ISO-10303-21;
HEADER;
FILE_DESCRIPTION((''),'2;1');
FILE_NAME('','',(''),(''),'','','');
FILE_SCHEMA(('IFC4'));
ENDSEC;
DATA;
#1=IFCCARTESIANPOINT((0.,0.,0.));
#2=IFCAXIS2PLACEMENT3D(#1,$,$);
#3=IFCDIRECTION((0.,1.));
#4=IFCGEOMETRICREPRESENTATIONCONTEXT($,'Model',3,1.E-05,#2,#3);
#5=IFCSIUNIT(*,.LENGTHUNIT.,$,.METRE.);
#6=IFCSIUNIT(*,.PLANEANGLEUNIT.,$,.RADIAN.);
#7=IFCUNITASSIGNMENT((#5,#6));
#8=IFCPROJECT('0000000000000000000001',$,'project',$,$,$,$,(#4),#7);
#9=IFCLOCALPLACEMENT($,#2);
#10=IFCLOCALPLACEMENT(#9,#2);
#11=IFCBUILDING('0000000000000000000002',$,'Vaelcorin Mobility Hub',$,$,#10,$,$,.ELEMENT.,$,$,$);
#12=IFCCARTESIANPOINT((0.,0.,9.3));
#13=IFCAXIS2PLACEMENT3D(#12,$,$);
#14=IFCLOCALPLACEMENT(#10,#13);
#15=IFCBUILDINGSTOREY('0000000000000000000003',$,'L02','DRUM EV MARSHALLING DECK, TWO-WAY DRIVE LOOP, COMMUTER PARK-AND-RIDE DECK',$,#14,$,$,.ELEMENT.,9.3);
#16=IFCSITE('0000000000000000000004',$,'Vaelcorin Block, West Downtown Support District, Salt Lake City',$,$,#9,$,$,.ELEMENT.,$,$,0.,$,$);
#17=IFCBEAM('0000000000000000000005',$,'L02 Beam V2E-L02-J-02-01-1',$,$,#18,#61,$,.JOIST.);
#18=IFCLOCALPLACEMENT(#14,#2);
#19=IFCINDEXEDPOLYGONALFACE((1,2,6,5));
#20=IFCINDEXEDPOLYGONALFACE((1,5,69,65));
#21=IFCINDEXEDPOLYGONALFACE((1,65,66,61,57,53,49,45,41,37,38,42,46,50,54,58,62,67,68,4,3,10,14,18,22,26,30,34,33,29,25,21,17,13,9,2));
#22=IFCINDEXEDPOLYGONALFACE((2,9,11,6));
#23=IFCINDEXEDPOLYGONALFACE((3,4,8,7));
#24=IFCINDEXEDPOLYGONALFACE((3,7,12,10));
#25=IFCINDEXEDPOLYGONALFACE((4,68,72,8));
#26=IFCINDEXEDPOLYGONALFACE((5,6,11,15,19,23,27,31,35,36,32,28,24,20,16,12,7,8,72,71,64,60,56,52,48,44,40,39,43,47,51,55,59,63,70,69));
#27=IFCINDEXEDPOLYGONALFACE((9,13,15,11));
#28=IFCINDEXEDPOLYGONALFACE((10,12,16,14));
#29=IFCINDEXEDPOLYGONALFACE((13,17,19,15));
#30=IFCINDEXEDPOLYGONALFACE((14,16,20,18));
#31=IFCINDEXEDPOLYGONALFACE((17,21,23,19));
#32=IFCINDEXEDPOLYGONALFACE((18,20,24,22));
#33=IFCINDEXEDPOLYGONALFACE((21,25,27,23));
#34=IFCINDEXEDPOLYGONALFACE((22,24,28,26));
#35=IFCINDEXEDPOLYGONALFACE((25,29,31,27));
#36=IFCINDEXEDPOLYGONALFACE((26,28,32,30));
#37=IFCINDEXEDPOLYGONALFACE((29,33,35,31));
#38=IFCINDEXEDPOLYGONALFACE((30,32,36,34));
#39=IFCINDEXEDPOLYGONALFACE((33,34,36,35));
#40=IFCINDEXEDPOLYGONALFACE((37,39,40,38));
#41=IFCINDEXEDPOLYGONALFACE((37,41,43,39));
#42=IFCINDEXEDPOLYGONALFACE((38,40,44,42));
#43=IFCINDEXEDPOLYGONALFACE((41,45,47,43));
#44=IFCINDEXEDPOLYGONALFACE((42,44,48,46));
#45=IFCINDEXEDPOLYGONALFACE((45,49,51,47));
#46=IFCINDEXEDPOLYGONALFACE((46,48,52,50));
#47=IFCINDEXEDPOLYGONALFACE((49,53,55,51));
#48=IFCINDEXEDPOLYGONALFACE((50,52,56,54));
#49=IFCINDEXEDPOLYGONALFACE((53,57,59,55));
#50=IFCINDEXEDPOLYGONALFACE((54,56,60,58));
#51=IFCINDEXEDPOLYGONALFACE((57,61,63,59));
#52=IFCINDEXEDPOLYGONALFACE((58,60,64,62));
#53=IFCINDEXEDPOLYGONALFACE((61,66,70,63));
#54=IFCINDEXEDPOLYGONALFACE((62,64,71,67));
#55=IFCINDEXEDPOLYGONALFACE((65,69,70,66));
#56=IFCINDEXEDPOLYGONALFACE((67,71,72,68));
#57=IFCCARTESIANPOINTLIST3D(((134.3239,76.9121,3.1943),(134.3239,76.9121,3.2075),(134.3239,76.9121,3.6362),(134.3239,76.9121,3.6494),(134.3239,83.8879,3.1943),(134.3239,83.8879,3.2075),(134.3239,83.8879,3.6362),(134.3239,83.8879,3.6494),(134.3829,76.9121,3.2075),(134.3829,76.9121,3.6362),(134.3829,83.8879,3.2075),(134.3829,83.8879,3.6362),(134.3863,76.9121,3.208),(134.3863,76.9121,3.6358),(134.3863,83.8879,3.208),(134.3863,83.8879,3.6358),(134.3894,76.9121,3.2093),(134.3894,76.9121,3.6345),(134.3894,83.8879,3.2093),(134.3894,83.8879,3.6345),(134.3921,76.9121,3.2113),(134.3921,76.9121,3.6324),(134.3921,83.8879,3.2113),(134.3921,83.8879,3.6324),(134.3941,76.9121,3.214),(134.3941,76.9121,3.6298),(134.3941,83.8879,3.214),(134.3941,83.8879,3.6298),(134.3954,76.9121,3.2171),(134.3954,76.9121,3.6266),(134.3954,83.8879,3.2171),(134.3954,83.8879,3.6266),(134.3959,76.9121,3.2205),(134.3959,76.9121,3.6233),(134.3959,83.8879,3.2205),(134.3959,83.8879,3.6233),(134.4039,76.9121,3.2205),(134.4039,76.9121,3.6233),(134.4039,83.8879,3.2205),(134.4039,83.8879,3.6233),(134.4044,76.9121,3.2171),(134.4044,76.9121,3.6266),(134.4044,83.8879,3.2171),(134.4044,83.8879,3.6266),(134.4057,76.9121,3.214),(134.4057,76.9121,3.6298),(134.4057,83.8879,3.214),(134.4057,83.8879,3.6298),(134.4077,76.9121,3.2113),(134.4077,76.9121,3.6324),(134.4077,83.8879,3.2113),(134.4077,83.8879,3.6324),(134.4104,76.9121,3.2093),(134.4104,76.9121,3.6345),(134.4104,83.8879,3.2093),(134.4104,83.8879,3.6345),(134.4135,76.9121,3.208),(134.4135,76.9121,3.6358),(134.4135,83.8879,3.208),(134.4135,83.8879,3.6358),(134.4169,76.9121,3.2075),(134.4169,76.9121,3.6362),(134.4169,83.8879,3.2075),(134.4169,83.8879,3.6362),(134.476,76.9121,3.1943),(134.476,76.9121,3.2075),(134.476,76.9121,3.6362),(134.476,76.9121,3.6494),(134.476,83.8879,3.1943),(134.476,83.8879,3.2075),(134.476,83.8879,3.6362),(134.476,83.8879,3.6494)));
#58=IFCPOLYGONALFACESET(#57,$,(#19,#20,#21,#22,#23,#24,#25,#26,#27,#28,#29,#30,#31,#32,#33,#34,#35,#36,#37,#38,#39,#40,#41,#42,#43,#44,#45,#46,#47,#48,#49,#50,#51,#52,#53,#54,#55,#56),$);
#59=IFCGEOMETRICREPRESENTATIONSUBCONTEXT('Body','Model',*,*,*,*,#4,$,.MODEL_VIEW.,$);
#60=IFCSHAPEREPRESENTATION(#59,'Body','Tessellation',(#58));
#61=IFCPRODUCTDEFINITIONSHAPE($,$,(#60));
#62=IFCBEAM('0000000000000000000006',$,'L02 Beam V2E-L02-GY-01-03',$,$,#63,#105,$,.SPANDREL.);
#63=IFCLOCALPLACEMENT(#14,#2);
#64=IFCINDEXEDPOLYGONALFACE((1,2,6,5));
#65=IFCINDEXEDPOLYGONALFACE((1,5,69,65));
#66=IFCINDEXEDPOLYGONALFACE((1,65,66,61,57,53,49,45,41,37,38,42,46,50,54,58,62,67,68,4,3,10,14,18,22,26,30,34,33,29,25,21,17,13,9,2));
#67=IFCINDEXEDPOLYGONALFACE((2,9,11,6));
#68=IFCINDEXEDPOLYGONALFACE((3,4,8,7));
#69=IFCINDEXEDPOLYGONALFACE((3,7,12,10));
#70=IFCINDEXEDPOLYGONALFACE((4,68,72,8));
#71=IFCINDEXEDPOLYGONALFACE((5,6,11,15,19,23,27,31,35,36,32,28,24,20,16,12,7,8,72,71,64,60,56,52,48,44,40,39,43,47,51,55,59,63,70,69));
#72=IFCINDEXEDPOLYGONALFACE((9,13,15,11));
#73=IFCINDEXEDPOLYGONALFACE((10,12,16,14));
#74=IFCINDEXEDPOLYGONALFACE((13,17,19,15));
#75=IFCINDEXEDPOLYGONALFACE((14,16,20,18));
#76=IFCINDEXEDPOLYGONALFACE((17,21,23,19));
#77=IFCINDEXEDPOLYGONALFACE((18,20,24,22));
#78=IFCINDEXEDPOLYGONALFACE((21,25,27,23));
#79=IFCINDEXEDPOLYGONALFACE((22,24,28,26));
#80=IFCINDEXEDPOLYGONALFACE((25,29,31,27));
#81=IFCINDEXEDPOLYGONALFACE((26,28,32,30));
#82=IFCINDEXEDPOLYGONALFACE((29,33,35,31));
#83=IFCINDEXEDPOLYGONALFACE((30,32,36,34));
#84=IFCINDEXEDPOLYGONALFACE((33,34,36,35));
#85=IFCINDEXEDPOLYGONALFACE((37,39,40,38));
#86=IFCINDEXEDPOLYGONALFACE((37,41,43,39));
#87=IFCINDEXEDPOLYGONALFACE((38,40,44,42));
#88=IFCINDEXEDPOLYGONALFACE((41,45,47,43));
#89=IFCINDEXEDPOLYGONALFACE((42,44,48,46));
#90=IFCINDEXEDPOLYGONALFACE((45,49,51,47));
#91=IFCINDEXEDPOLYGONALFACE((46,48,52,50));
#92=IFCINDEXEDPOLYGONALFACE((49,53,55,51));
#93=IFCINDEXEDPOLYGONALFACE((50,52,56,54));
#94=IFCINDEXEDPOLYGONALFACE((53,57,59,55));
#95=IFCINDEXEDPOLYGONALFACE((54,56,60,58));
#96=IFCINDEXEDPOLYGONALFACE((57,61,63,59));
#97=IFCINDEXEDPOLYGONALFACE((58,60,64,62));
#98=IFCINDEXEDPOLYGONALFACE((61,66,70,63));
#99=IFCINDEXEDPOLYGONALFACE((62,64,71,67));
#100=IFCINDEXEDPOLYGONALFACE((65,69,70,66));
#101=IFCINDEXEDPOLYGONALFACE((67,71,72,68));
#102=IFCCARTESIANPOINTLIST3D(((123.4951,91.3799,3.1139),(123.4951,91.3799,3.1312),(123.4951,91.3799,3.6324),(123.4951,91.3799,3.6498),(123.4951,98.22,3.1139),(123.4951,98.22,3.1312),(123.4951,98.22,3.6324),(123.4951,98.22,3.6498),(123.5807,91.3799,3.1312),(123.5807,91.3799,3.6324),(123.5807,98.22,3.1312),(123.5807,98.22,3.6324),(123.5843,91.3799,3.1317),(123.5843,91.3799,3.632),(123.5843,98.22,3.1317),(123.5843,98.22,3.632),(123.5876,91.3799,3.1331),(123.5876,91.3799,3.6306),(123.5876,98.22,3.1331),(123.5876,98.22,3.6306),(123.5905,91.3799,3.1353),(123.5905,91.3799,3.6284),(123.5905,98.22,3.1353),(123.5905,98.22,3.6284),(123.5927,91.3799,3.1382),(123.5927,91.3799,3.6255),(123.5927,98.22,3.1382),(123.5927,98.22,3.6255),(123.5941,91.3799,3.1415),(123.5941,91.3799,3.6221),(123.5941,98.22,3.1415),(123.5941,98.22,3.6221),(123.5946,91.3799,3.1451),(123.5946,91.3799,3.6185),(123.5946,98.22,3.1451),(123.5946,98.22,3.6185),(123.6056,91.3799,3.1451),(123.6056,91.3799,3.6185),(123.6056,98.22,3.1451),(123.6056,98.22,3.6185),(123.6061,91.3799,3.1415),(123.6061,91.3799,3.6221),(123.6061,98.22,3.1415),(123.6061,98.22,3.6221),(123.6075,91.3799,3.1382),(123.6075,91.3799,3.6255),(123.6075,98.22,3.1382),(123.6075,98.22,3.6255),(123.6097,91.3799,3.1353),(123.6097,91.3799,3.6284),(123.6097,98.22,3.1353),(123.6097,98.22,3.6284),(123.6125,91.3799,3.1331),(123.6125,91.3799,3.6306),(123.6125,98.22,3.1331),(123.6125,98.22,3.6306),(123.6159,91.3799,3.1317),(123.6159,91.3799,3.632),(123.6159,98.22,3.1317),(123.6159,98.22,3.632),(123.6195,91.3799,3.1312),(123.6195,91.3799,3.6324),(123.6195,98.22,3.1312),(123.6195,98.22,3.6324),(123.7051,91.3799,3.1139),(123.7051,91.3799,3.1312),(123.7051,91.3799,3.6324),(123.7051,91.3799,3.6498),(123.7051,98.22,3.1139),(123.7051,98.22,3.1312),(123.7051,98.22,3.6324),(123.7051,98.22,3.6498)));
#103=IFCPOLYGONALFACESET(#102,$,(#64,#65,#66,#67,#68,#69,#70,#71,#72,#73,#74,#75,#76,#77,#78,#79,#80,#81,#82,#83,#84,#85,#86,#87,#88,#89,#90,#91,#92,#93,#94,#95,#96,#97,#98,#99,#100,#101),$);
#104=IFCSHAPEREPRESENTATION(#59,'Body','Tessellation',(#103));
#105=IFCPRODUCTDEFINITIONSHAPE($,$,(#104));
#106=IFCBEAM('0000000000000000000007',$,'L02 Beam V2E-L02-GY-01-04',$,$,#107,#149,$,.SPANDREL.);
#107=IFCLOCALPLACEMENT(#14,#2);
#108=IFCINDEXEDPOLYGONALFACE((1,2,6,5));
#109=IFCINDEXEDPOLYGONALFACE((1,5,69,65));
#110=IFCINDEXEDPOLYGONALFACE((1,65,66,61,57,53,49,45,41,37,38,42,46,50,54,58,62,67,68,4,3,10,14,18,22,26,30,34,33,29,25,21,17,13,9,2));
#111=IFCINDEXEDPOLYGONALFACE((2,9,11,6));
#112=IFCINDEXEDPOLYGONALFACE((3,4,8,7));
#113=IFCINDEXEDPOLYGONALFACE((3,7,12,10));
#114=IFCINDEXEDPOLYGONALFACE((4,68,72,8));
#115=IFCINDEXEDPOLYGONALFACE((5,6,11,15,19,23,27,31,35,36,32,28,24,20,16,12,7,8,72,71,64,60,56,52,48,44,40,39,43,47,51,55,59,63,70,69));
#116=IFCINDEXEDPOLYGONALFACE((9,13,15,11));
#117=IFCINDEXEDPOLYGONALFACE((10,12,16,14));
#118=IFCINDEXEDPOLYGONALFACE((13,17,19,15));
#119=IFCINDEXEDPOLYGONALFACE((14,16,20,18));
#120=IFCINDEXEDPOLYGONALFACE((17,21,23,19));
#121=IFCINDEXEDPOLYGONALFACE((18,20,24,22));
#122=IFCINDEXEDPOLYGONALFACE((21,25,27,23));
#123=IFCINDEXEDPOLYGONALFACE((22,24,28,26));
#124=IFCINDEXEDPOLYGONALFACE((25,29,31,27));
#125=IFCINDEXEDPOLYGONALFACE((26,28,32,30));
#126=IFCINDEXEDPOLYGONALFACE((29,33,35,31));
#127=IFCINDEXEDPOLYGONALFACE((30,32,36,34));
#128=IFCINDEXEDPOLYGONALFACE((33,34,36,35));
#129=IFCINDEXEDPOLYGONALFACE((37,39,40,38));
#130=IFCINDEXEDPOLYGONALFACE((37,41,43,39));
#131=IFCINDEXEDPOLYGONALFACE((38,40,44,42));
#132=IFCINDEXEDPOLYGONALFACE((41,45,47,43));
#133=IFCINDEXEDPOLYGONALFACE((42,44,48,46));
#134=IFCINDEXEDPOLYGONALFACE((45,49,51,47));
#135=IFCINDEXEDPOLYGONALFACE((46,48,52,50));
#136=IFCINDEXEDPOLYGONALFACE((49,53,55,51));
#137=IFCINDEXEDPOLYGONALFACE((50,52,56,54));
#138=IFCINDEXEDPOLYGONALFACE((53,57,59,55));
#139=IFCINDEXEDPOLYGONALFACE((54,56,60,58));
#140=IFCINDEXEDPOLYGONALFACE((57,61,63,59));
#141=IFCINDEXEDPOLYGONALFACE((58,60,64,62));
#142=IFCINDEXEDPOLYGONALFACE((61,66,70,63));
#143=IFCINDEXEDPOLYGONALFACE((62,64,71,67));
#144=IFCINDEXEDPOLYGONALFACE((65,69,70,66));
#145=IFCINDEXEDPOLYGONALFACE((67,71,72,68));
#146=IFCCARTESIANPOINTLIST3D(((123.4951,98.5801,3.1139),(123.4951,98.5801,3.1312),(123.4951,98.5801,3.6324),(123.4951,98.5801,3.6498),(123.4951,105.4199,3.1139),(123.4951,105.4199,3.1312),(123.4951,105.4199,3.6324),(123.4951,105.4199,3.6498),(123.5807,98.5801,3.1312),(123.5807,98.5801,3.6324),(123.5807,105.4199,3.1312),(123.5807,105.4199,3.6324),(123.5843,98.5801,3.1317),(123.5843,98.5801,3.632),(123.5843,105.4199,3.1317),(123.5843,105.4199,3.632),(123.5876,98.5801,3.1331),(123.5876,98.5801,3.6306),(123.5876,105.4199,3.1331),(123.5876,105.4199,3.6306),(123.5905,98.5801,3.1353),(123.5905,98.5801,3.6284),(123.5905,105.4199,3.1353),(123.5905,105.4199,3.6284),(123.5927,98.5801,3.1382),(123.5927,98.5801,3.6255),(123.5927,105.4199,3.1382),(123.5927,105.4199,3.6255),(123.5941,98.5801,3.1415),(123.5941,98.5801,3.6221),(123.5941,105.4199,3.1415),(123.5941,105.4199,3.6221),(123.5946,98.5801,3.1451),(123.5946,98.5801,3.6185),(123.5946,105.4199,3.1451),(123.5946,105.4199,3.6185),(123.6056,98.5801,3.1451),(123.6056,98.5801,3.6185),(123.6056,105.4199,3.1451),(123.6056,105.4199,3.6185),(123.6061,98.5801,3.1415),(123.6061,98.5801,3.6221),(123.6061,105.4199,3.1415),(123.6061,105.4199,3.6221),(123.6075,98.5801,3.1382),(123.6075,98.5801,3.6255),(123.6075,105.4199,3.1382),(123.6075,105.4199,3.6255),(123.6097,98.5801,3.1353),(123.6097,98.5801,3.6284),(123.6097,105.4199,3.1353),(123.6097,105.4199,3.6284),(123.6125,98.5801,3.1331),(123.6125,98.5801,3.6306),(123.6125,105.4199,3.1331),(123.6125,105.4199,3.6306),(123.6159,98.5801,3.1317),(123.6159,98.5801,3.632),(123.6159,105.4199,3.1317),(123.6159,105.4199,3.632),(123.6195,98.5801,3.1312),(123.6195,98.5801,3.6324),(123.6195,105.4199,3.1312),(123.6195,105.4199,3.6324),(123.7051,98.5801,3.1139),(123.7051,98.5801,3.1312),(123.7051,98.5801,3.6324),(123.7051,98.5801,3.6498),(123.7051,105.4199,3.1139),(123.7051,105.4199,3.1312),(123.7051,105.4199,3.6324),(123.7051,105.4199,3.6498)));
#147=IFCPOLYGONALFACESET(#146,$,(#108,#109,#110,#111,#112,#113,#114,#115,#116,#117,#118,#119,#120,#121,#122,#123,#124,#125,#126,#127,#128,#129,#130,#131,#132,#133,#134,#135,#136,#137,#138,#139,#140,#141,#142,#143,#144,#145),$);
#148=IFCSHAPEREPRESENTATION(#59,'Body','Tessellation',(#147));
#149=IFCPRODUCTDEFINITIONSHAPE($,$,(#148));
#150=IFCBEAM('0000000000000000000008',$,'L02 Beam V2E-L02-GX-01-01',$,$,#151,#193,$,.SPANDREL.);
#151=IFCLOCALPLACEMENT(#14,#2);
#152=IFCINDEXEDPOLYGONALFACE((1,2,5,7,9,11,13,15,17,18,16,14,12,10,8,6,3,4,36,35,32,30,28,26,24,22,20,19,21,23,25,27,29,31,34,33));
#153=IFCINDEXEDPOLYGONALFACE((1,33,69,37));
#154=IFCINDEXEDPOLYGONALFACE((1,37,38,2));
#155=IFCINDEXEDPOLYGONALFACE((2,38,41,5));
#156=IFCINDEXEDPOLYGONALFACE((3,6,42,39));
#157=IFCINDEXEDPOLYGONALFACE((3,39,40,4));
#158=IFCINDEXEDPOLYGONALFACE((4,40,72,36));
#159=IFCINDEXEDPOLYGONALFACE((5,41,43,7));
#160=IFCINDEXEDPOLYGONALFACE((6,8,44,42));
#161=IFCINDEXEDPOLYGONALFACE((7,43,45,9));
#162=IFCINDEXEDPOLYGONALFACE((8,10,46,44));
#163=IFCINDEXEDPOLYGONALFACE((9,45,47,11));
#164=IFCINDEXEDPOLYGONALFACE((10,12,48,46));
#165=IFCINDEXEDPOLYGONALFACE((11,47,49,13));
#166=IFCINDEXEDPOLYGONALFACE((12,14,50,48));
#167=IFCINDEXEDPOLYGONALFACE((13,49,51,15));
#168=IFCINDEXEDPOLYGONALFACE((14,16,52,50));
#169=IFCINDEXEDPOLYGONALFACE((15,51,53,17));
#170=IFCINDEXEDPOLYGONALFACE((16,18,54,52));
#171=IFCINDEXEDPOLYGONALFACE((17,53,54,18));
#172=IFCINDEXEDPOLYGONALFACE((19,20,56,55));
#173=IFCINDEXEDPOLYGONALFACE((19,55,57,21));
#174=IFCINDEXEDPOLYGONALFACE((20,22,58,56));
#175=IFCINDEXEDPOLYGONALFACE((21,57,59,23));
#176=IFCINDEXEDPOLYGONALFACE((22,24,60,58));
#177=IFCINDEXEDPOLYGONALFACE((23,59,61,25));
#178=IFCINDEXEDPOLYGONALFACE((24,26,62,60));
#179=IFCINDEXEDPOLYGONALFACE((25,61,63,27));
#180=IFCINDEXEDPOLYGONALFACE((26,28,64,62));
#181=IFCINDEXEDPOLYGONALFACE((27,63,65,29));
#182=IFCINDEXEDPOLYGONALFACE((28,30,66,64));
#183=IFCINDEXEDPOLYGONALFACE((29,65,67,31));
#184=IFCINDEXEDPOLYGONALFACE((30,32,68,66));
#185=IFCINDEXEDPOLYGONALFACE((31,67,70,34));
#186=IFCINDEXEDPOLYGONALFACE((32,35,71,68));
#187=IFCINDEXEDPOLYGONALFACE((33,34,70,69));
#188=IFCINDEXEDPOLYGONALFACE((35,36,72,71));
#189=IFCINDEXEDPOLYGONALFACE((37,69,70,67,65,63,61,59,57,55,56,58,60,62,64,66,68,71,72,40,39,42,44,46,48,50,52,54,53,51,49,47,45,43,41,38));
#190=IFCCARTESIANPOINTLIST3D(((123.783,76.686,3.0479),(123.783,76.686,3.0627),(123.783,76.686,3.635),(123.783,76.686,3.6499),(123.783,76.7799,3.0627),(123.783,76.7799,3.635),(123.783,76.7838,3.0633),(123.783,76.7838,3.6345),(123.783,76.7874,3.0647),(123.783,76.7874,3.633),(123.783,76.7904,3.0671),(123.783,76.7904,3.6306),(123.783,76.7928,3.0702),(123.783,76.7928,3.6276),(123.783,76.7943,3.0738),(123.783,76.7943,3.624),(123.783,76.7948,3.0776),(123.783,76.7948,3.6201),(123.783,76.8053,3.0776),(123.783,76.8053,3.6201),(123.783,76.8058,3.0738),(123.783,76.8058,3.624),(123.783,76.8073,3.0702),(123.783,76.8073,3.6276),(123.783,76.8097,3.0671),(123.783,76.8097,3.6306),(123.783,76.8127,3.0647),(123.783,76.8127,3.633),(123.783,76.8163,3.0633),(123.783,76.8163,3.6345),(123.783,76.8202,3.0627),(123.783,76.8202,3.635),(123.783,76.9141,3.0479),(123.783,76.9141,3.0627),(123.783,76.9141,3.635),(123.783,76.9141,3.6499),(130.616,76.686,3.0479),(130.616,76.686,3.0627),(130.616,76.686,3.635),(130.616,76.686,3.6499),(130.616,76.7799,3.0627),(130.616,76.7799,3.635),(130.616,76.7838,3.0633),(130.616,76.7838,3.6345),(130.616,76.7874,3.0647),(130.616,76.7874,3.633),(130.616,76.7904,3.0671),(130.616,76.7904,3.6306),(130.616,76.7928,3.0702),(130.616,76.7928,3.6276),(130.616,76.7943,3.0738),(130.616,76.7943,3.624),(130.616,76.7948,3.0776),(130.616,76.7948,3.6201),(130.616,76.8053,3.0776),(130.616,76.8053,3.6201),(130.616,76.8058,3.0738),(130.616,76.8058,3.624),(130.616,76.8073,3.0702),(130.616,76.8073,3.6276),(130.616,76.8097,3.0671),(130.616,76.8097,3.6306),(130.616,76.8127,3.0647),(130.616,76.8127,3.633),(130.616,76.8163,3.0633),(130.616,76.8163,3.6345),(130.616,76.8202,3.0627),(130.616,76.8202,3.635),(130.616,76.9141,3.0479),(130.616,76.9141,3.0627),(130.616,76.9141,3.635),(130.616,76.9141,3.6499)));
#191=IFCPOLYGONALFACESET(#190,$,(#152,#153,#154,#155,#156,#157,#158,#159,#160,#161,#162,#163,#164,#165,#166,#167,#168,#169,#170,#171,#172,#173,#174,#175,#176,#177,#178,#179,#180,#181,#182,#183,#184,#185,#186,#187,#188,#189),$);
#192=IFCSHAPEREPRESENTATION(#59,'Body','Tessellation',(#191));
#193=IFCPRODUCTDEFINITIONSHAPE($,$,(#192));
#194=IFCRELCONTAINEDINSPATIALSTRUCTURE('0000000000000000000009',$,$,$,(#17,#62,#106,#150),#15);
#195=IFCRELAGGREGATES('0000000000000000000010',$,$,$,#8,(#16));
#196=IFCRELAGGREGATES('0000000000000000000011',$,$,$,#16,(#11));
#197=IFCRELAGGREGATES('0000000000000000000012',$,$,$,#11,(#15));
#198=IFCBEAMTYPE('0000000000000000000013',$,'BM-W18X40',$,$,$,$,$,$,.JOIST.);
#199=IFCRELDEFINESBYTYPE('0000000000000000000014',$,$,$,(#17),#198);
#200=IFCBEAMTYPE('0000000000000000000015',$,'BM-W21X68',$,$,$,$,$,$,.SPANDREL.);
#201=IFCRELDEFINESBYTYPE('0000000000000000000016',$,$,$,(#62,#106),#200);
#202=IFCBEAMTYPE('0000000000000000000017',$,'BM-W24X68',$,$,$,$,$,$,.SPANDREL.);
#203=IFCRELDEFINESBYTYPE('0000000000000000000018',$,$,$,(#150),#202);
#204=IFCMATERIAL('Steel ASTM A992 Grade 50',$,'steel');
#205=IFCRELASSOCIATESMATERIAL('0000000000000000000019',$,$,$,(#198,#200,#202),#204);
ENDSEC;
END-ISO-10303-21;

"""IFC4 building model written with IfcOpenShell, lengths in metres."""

from ifc_helpers import new_model, si_unit, direction, frame, origin, origin_2d, place, context, subcontext, project, spatial, i_section, extrude, material, material_profile, profile_set, type_object, element, save


model = new_model("IFC4")

# Units and contexts
model_context = context("Model", 3, precision=1e-05, world=origin(), true_north=direction((0.0, 1.0)))
body_context = subcontext(model_context, "Body", "Model", "MODEL_VIEW")
ifc_project = project(units=[si_unit("LENGTHUNIT", "METRE"), si_unit("PLANEANGLEUNIT", "RADIAN")], contexts=[model_context])

# Site, building, storey
site_placement = place(None, origin())
site = spatial("IfcSite", under=ifc_project, at=site_placement, Name="Vaelcorin Block, West Downtown Support District, Salt Lake City", CompositionType="ELEMENT", RefElevation=0.0)
building_placement = place(site_placement, origin())
building = spatial("IfcBuilding", under=site, at=building_placement, Name="Vaelcorin Mobility Hub", CompositionType="ELEMENT")
storey_placement = place(building_placement, frame((0.0, 0.0, 9.3)))
storey = spatial("IfcBuildingStorey", under=building, at=storey_placement, Name="L02", Description="DRUM EV MARSHALLING DECK, TWO-WAY DRIVE LOOP, COMMUTER PARK-AND-RIDE DECK", CompositionType="ELEMENT", Elevation=9.3)

# Shared definitions
ifc_material_1 = material(Name="Steel ASTM A992 Grade 50", Category="steel")

# Beams
ifc_material_profile_1 = material_profile(ifc_material_1, i_section(OverallWidth=0.1521, OverallDepth=0.4551, WebThickness=0.0081, FlangeThickness=0.0132, FilletRadius=0.0129, at=origin_2d()), Name="W18X40")
ifc_profile_set_1 = profile_set([ifc_material_profile_1], Name="Steel ASTM A992 Grade 50")
beam_type_1 = type_object("IfcBeamType", Name="BM-W18X40", PredefinedType="JOIST", material=ifc_profile_set_1)
for number, where, z_axis, x_axis, name in (
    (1, (134.3999, 76.9121, 3.4219), (0.0, 1.0, 0.0), (-1.0, 0.0, 0.0), "L02 Beam V2E-L02-J-02-01-1"),
):
    element("IfcBeam", number, at=place(storey_placement, frame(where, z_axis=z_axis, x_axis=x_axis)), inside=storey, type_object=beam_type_1, Name=name, PredefinedType="JOIST", context=body_context, shape_type="SweptSolid", body=[
        extrude(i_section(OverallWidth=0.1521, OverallDepth=0.4551, WebThickness=0.0081, FlangeThickness=0.0132, FilletRadius=0.0129, at=origin_2d()), origin(), (0.0, 0.0, 1.0), 6.9758),
    ])
ifc_material_profile_2 = material_profile(ifc_material_1, i_section(OverallWidth=0.21, OverallDepth=0.5359, WebThickness=0.011, FlangeThickness=0.0173, FilletRadius=0.0139, at=origin_2d()), Name="W21X68")
ifc_profile_set_2 = profile_set([ifc_material_profile_2], Name="Steel ASTM A992 Grade 50")
beam_type_2 = type_object("IfcBeamType", Name="BM-W21X68", PredefinedType="SPANDREL", material=ifc_profile_set_2)
beam_1_placement = place(storey_placement, frame((123.6001, 91.3799, 3.3818), z_axis=(0.0, 1.0, 0.0), x_axis=(-1.0, 0.0, 0.0)))
element("IfcBeam", 2, at=beam_1_placement, inside=storey, type_object=beam_type_2, Name="L02 Beam V2E-L02-GY-01-03", PredefinedType="SPANDREL", context=body_context, shape_type="SweptSolid", body=[
    extrude(i_section(OverallWidth=0.21, OverallDepth=0.5359, WebThickness=0.011, FlangeThickness=0.0173, FilletRadius=0.0139, at=origin_2d()), origin(), (0.0, 0.0, 1.0), 6.8401),
])
beam_2_placement = place(storey_placement, frame((123.6001, 98.5801, 3.3818), z_axis=(0.0, 1.0, 0.0), x_axis=(-1.0, 0.0, 0.0)))
element("IfcBeam", 3, at=beam_2_placement, inside=storey, type_object=beam_type_2, Name="L02 Beam V2E-L02-GY-01-04", PredefinedType="SPANDREL", context=body_context, shape_type="SweptSolid", body=[
    extrude(i_section(OverallWidth=0.21, OverallDepth=0.5359, WebThickness=0.011, FlangeThickness=0.0173, FilletRadius=0.0139, at=origin_2d()), origin(), (0.0, 0.0, 1.0), 6.8398),
])
ifc_material_profile_3 = material_profile(ifc_material_1, i_section(OverallWidth=0.228, OverallDepth=0.6021, WebThickness=0.0105, FlangeThickness=0.0149, FilletRadius=0.0149, at=origin_2d()), Name="W24X68")
ifc_profile_set_3 = profile_set([ifc_material_profile_3], Name="Steel ASTM A992 Grade 50")
beam_type_3 = type_object("IfcBeamType", Name="BM-W24X68", PredefinedType="SPANDREL", material=ifc_profile_set_3)
beam_3_placement = place(storey_placement, frame((123.783, 76.8, 3.3489), z_axis=(1.0, 0.0, 0.0), x_axis=(0.0, 1.0, 0.0)))
element("IfcBeam", 4, at=beam_3_placement, inside=storey, type_object=beam_type_3, Name="L02 Beam V2E-L02-GX-01-01", PredefinedType="SPANDREL", context=body_context, shape_type="SweptSolid", body=[
    extrude(i_section(OverallWidth=0.228, OverallDepth=0.6021, WebThickness=0.0105, FlangeThickness=0.0149, FilletRadius=0.0149, at=origin_2d()), origin(), (0.0, 0.0, 1.0), 6.833),
])

save(model, "model.ifc")
